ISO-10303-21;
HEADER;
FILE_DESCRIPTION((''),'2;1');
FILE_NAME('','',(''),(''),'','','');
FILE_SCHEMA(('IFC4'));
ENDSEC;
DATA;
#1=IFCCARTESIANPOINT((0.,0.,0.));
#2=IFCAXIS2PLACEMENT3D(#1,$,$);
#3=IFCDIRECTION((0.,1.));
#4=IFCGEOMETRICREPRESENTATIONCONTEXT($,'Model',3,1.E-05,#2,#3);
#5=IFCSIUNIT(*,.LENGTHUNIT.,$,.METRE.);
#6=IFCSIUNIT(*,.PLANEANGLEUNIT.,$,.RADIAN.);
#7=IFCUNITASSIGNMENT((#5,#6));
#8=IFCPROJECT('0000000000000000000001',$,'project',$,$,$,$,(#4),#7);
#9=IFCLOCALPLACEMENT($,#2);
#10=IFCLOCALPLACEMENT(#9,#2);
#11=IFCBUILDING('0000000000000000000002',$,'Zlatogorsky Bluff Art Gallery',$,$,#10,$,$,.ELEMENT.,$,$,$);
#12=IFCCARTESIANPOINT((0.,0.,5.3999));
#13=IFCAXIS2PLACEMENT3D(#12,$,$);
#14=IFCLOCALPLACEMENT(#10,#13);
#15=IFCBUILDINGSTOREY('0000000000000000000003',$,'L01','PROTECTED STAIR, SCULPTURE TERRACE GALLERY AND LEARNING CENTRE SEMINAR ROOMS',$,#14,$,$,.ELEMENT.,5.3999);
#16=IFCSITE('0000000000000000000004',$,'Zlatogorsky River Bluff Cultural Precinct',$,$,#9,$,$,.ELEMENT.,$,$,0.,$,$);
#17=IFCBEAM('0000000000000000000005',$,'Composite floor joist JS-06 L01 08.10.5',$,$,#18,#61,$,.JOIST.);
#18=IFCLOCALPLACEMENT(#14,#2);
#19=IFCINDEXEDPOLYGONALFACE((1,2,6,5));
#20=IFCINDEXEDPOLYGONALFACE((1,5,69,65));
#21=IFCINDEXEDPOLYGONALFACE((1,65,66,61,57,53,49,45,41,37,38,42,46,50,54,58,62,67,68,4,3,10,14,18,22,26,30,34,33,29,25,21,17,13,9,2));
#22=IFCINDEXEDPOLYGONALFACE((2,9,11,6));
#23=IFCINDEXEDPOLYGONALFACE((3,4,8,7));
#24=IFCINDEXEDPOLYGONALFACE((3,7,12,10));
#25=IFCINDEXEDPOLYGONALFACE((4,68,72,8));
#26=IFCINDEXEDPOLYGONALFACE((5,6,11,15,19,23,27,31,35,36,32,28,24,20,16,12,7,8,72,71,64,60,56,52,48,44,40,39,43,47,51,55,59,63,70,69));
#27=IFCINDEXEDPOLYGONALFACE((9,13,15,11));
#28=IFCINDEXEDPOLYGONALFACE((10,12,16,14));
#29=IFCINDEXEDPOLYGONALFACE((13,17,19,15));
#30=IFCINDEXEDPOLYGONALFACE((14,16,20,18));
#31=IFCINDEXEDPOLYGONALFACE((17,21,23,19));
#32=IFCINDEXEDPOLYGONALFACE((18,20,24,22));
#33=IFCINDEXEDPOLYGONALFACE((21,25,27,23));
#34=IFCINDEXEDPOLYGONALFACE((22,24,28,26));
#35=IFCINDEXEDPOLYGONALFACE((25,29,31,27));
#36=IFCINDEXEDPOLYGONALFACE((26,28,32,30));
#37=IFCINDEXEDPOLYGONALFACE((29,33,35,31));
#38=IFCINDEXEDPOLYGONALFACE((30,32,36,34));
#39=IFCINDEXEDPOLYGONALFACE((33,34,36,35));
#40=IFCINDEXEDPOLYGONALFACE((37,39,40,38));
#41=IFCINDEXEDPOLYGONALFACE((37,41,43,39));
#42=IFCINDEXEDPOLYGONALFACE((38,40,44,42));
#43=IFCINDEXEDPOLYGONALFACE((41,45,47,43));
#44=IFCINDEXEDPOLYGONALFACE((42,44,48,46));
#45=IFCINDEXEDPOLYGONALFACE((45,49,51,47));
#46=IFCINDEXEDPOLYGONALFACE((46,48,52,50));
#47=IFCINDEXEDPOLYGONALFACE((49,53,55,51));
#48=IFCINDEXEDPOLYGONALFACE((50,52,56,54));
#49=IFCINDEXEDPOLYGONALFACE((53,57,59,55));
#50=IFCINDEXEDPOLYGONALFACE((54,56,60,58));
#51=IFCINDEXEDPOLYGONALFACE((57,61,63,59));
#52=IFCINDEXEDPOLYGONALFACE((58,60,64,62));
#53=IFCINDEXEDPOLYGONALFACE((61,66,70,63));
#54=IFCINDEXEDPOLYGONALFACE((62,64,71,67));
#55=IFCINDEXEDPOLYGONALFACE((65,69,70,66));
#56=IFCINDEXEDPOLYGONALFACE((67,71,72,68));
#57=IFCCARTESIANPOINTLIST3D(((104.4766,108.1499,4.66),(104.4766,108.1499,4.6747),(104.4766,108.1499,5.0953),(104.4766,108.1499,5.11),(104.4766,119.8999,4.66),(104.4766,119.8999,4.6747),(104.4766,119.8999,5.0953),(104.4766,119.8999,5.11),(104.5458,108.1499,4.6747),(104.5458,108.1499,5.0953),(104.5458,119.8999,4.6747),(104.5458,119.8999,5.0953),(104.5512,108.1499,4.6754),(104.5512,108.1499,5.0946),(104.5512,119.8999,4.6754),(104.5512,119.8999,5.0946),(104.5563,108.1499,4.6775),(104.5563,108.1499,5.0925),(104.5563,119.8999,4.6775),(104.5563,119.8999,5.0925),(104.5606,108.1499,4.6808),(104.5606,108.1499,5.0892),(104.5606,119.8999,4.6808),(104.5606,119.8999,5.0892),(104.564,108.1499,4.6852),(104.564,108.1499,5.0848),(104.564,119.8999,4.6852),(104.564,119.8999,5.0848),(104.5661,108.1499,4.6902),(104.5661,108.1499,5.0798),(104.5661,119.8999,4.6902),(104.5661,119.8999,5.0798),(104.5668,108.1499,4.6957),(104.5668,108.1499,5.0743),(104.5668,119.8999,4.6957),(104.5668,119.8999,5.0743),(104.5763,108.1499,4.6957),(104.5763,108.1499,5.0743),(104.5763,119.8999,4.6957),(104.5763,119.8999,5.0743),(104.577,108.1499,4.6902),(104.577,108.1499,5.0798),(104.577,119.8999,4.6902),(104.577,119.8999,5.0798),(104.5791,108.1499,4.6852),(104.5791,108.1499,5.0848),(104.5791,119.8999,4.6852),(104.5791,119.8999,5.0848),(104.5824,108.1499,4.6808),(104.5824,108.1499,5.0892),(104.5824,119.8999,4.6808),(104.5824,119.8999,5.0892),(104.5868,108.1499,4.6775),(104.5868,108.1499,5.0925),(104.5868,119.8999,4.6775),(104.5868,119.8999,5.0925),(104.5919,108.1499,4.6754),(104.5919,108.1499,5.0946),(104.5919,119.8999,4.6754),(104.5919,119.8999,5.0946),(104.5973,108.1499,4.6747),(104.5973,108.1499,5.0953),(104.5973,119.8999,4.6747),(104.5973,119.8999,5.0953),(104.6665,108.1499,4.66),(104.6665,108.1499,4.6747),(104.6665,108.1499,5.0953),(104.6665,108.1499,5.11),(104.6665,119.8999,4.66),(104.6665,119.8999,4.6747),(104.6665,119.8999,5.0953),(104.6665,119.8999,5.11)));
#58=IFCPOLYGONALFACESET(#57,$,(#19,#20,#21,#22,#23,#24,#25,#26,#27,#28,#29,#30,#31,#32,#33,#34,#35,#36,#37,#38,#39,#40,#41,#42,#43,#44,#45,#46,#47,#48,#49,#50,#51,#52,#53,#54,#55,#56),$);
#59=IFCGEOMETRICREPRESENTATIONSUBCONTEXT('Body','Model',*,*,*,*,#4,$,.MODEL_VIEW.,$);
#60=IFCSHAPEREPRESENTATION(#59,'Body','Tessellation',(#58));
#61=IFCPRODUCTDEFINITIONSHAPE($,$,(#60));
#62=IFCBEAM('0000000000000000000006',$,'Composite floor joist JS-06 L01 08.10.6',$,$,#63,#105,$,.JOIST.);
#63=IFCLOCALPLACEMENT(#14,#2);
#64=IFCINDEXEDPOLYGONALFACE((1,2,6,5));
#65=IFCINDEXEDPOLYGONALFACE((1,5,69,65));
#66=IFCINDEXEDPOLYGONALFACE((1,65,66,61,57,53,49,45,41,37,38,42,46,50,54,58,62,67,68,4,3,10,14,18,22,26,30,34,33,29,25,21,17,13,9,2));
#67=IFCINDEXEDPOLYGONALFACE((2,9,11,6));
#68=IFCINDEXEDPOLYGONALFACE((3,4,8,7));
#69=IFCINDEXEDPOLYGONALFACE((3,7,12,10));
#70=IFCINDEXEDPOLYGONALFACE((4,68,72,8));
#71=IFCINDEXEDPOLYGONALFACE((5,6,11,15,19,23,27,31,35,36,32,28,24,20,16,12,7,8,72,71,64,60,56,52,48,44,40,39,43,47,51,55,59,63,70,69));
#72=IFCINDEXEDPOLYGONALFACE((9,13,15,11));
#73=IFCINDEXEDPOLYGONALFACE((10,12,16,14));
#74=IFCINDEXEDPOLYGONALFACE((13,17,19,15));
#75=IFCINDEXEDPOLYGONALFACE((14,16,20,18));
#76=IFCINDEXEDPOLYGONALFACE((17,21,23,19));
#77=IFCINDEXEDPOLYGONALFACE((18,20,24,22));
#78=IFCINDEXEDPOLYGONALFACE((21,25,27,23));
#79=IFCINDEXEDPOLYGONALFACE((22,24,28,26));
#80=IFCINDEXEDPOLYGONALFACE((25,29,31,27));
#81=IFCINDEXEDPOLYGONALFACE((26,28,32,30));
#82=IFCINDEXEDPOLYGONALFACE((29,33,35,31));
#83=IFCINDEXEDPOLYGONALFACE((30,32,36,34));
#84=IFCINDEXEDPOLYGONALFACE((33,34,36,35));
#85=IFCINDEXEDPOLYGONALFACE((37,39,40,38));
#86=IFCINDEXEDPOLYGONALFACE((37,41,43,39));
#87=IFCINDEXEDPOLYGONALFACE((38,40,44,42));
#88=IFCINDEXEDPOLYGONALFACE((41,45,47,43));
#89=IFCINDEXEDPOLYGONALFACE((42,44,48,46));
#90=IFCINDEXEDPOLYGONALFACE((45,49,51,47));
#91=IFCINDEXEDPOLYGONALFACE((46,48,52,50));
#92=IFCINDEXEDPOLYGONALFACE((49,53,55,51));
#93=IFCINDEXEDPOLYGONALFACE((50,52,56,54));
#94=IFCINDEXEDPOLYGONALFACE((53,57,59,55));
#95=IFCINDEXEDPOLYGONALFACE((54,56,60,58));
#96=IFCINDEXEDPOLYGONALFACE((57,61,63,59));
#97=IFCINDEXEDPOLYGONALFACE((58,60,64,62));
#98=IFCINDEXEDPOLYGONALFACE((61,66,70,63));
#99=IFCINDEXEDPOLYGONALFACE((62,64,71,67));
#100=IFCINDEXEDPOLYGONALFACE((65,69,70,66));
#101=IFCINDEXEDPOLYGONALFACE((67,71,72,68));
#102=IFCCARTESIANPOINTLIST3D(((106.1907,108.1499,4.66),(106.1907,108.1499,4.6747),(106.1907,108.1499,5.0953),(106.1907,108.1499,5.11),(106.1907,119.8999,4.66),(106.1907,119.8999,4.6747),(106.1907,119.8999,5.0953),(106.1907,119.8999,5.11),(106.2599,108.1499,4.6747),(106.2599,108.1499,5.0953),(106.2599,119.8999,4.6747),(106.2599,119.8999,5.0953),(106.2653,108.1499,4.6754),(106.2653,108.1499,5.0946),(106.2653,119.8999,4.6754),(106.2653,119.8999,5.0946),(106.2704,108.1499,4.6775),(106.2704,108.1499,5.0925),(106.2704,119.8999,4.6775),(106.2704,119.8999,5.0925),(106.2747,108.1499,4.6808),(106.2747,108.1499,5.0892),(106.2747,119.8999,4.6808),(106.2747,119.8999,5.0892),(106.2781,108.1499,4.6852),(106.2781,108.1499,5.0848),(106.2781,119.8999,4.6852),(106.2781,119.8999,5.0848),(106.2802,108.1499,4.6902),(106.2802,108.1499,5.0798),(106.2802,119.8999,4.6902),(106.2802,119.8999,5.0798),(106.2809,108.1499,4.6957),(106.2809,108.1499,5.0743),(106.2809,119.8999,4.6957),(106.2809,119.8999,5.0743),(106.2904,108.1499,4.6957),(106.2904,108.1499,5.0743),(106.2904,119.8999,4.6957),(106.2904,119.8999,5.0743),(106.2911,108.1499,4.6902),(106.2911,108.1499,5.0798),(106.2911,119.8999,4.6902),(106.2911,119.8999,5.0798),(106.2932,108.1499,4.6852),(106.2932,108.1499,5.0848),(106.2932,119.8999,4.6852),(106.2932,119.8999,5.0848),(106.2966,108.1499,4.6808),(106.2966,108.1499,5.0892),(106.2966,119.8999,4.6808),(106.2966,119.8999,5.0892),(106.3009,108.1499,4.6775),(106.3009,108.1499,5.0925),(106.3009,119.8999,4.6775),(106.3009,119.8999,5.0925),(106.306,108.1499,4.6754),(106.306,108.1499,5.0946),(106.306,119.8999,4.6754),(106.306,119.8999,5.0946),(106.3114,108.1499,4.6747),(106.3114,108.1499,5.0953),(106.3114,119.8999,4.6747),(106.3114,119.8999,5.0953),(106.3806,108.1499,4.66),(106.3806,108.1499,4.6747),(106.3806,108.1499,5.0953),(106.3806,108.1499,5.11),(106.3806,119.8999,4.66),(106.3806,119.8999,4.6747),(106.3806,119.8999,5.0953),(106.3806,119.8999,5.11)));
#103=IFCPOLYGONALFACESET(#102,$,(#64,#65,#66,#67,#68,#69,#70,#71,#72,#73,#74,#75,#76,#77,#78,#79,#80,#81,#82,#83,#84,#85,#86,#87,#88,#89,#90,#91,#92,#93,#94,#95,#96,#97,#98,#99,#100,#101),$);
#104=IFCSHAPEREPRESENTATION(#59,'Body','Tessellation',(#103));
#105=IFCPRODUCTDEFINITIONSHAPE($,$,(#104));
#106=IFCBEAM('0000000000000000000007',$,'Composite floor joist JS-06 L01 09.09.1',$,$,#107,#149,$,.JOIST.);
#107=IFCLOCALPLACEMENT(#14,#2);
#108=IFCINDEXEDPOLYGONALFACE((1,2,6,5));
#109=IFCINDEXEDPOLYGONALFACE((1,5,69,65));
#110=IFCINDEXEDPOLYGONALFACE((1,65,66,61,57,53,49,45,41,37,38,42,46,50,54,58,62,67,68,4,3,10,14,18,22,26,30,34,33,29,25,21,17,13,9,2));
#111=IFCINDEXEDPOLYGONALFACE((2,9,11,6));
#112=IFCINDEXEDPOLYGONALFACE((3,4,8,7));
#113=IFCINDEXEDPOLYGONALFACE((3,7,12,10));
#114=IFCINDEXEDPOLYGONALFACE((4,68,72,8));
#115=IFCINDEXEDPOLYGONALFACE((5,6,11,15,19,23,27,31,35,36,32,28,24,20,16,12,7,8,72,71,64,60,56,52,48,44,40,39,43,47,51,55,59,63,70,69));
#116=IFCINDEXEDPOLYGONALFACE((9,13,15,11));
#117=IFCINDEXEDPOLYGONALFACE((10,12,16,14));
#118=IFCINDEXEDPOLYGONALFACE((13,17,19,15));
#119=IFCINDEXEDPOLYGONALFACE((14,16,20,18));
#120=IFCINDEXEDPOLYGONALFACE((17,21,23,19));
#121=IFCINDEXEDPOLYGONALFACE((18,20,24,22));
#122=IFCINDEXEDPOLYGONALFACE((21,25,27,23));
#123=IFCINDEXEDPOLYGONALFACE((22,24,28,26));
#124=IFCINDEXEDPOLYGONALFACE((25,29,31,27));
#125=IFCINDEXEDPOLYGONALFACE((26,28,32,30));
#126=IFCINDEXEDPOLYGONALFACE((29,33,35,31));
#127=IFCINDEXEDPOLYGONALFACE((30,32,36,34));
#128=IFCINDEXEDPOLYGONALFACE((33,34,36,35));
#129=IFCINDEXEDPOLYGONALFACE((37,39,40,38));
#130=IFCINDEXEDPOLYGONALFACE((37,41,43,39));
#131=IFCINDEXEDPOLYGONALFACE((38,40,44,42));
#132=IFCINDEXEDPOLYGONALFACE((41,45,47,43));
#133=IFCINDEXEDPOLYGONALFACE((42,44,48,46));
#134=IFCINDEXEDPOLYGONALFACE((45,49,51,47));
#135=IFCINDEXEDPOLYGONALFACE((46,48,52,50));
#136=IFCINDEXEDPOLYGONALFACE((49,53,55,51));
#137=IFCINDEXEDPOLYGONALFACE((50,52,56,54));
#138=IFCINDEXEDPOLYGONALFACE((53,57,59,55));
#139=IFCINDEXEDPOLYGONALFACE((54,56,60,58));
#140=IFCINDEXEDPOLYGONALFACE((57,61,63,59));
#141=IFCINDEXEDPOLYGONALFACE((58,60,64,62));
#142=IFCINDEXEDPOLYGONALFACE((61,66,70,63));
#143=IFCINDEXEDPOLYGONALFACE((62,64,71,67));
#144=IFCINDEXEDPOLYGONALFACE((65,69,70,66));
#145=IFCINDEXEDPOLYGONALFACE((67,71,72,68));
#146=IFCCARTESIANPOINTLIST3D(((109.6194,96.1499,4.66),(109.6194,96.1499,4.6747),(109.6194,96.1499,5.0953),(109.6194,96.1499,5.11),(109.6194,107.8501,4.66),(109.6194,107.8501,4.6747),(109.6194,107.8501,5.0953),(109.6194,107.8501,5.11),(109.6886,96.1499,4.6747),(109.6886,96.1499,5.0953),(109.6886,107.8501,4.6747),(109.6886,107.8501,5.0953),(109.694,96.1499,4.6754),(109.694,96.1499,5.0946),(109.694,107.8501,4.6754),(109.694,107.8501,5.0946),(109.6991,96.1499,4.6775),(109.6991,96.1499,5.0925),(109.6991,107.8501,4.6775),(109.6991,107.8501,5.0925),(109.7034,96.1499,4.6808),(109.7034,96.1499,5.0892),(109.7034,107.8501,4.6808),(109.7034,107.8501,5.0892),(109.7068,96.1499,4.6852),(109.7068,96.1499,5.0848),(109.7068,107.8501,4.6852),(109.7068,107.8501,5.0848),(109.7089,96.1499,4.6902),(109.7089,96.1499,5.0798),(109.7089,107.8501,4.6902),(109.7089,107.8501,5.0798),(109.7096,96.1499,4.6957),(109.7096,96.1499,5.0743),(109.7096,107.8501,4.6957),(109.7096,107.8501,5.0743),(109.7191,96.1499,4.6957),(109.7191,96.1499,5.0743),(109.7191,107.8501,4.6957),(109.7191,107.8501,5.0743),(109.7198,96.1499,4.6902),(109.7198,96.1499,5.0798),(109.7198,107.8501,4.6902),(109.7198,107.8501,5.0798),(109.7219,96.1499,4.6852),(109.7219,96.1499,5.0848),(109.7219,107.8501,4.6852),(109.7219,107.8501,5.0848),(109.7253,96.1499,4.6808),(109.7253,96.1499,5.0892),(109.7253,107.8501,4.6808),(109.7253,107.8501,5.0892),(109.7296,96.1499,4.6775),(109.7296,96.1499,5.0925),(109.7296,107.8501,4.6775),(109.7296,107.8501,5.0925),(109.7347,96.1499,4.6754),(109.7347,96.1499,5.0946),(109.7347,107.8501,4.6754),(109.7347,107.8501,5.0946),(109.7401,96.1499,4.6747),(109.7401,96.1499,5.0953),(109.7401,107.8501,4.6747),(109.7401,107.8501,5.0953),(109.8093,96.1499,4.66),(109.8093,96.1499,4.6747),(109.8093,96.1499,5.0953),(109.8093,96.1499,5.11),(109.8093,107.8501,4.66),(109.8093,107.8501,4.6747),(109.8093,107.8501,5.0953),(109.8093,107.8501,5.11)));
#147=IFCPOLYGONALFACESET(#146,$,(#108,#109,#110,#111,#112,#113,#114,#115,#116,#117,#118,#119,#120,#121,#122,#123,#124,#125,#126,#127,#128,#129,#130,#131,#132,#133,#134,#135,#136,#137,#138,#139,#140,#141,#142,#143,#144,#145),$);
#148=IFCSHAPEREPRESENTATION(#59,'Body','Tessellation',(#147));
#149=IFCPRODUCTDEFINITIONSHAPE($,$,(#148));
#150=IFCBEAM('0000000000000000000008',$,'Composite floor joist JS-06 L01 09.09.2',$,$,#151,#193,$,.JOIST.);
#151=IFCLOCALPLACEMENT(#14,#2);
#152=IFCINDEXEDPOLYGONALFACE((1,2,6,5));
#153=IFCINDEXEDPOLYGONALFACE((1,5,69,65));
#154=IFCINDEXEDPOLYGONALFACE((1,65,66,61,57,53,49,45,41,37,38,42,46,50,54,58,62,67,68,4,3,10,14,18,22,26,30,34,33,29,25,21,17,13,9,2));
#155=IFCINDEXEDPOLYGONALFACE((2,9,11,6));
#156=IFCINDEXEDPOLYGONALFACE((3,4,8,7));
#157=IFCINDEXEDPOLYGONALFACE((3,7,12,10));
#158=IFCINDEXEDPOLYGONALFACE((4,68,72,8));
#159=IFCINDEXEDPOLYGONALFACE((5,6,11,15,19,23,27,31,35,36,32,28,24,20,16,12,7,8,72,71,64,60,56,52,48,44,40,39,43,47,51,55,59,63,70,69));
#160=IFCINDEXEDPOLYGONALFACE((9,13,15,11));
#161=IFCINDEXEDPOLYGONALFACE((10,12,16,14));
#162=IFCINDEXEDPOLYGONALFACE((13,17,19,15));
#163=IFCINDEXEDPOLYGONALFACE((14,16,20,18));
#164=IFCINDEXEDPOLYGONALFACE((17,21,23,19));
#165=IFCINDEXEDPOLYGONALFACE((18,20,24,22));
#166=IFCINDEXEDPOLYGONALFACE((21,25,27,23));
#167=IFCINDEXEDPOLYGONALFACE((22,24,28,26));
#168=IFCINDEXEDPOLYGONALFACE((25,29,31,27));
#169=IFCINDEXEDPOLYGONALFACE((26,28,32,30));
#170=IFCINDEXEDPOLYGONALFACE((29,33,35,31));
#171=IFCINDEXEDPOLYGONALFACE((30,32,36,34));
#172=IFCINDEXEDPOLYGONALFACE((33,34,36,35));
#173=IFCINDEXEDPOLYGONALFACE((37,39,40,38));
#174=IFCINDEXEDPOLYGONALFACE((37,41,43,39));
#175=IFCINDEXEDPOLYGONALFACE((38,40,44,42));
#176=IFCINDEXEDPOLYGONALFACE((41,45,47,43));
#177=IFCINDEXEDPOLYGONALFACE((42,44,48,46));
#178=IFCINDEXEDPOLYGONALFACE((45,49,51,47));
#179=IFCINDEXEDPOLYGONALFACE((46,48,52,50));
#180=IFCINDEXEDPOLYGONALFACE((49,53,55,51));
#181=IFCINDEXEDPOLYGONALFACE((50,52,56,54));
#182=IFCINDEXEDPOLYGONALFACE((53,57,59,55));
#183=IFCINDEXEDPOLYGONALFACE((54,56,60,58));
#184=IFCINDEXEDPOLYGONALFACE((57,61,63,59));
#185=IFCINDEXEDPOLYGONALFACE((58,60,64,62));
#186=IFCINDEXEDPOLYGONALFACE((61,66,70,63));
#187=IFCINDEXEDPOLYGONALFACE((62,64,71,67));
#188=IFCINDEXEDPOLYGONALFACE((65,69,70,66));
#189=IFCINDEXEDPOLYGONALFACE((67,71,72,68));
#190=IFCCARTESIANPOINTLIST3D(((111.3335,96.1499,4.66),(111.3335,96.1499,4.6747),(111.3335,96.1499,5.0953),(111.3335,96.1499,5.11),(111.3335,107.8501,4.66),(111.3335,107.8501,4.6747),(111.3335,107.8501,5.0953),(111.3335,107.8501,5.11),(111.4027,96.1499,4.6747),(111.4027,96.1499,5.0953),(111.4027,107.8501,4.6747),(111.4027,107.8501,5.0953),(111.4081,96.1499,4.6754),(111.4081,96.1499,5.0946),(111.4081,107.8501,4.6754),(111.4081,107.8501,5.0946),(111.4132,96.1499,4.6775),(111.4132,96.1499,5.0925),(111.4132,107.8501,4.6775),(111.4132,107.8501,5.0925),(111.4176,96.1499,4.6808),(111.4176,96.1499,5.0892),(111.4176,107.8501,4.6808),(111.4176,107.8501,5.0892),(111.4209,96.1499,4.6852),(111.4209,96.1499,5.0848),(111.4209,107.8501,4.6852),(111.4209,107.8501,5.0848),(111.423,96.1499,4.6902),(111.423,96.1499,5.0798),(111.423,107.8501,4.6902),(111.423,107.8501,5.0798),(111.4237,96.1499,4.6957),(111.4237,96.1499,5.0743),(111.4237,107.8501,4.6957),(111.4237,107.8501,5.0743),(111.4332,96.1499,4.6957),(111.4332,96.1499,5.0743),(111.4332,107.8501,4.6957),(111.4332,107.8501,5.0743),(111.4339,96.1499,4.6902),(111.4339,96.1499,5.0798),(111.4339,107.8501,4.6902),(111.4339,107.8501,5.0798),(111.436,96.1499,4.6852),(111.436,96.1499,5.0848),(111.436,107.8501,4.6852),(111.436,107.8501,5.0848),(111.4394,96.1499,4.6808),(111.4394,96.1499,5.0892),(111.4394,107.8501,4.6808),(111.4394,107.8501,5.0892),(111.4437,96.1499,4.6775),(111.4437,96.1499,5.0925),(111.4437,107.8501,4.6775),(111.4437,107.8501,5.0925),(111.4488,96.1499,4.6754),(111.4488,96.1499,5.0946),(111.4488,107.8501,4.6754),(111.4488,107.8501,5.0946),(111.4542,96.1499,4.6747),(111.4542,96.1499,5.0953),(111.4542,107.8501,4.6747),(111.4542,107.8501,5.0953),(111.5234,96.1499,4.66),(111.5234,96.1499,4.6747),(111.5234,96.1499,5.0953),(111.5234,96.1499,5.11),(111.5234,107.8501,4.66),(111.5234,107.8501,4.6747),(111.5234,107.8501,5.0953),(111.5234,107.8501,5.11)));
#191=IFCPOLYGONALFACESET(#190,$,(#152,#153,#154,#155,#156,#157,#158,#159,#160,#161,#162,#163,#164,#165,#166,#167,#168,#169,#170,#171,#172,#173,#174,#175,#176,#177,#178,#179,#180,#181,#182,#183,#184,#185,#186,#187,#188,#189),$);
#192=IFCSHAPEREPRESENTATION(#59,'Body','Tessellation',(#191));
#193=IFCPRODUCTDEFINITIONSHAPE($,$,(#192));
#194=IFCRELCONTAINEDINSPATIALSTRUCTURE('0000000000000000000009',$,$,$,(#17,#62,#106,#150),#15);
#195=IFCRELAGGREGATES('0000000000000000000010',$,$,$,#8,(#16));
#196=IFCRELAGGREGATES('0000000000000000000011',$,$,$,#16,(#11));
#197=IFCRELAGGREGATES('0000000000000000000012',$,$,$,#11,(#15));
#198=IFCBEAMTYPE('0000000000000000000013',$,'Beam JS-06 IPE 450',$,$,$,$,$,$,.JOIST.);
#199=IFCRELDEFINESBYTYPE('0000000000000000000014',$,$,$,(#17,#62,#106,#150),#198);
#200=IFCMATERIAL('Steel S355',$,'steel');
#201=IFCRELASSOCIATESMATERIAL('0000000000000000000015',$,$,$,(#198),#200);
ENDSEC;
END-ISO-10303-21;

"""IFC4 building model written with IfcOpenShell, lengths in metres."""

from ifc_helpers import new_model, si_unit, direction, frame, origin, origin_2d, place, context, subcontext, project, spatial, i_section, extrude, material, material_profile, profile_set, type_object, element, save


model = new_model("IFC4")

# Units and contexts
model_context = context("Model", 3, precision=1e-05, world=origin(), true_north=direction((0.0, 1.0)))
body_context = subcontext(model_context, "Body", "Model", "MODEL_VIEW")
ifc_project = project(units=[si_unit("LENGTHUNIT", "METRE"), si_unit("PLANEANGLEUNIT", "RADIAN")], contexts=[model_context])

# Site, building, storey
site_placement = place(None, origin())
site = spatial("IfcSite", under=ifc_project, at=site_placement, Name="Zlatogorsky River Bluff Cultural Precinct", CompositionType="ELEMENT", RefElevation=0.0)
building_placement = place(site_placement, origin())
building = spatial("IfcBuilding", under=site, at=building_placement, Name="Zlatogorsky Bluff Art Gallery", CompositionType="ELEMENT")
storey_placement = place(building_placement, frame((0.0, 0.0, 5.3999)))
storey = spatial("IfcBuildingStorey", under=building, at=storey_placement, Name="L01", Description="PROTECTED STAIR, SCULPTURE TERRACE GALLERY AND LEARNING CENTRE SEMINAR ROOMS", CompositionType="ELEMENT", Elevation=5.3999)

# Shared definitions
ifc_material_1 = material(Name="Steel S355", Category="steel")

# Beams
ifc_material_profile_1 = material_profile(ifc_material_1, i_section(OverallWidth=0.1899, OverallDepth=0.45, WebThickness=0.0095, FlangeThickness=0.0146, FilletRadius=0.021, at=origin_2d()), Name="IPE 450")
ifc_profile_set_1 = profile_set([ifc_material_profile_1], Name="Steel S355")
beam_type_1 = type_object("IfcBeamType", Name="Beam JS-06 IPE 450", PredefinedType="JOIST", material=ifc_profile_set_1)
for number, where, z_axis, x_axis, name in (
    (1, (104.5715, 108.1499, 4.885), (0.0, 1.0, 0.0), (-1.0, 0.0, 0.0), "Composite floor joist JS-06 L01 08.10.5"),
    (2, (106.2856, 108.1499, 4.885), (0.0, 1.0, 0.0), (-1.0, 0.0, 0.0), "Composite floor joist JS-06 L01 08.10.6"),
):
    element("IfcBeam", number, at=place(storey_placement, frame(where, z_axis=z_axis, x_axis=x_axis)), inside=storey, type_object=beam_type_1, Name=name, PredefinedType="JOIST", context=body_context, shape_type="SweptSolid", body=[
        extrude(i_section(OverallWidth=0.1899, OverallDepth=0.45, WebThickness=0.0095, FlangeThickness=0.0146, FilletRadius=0.021, at=origin_2d()), origin(), (0.0, 0.0, 1.0), 11.75),
    ])
for number, where, z_axis, x_axis, name in (
    (3, (109.7144, 96.1499, 4.885), (0.0, 1.0, 0.0), (-1.0, 0.0, 0.0), "Composite floor joist JS-06 L01 09.09.1"),
    (4, (111.4285, 96.1499, 4.885), (0.0, 1.0, 0.0), (-1.0, 0.0, 0.0), "Composite floor joist JS-06 L01 09.09.2"),
):
    element("IfcBeam", number, at=place(storey_placement, frame(where, z_axis=z_axis, x_axis=x_axis)), inside=storey, type_object=beam_type_1, Name=name, PredefinedType="JOIST", context=body_context, shape_type="SweptSolid", body=[
        extrude(i_section(OverallWidth=0.1899, OverallDepth=0.45, WebThickness=0.0095, FlangeThickness=0.0146, FilletRadius=0.021, at=origin_2d()), origin(), (0.0, 0.0, 1.0), 11.7002),
    ])

save(model, "model.ifc")
